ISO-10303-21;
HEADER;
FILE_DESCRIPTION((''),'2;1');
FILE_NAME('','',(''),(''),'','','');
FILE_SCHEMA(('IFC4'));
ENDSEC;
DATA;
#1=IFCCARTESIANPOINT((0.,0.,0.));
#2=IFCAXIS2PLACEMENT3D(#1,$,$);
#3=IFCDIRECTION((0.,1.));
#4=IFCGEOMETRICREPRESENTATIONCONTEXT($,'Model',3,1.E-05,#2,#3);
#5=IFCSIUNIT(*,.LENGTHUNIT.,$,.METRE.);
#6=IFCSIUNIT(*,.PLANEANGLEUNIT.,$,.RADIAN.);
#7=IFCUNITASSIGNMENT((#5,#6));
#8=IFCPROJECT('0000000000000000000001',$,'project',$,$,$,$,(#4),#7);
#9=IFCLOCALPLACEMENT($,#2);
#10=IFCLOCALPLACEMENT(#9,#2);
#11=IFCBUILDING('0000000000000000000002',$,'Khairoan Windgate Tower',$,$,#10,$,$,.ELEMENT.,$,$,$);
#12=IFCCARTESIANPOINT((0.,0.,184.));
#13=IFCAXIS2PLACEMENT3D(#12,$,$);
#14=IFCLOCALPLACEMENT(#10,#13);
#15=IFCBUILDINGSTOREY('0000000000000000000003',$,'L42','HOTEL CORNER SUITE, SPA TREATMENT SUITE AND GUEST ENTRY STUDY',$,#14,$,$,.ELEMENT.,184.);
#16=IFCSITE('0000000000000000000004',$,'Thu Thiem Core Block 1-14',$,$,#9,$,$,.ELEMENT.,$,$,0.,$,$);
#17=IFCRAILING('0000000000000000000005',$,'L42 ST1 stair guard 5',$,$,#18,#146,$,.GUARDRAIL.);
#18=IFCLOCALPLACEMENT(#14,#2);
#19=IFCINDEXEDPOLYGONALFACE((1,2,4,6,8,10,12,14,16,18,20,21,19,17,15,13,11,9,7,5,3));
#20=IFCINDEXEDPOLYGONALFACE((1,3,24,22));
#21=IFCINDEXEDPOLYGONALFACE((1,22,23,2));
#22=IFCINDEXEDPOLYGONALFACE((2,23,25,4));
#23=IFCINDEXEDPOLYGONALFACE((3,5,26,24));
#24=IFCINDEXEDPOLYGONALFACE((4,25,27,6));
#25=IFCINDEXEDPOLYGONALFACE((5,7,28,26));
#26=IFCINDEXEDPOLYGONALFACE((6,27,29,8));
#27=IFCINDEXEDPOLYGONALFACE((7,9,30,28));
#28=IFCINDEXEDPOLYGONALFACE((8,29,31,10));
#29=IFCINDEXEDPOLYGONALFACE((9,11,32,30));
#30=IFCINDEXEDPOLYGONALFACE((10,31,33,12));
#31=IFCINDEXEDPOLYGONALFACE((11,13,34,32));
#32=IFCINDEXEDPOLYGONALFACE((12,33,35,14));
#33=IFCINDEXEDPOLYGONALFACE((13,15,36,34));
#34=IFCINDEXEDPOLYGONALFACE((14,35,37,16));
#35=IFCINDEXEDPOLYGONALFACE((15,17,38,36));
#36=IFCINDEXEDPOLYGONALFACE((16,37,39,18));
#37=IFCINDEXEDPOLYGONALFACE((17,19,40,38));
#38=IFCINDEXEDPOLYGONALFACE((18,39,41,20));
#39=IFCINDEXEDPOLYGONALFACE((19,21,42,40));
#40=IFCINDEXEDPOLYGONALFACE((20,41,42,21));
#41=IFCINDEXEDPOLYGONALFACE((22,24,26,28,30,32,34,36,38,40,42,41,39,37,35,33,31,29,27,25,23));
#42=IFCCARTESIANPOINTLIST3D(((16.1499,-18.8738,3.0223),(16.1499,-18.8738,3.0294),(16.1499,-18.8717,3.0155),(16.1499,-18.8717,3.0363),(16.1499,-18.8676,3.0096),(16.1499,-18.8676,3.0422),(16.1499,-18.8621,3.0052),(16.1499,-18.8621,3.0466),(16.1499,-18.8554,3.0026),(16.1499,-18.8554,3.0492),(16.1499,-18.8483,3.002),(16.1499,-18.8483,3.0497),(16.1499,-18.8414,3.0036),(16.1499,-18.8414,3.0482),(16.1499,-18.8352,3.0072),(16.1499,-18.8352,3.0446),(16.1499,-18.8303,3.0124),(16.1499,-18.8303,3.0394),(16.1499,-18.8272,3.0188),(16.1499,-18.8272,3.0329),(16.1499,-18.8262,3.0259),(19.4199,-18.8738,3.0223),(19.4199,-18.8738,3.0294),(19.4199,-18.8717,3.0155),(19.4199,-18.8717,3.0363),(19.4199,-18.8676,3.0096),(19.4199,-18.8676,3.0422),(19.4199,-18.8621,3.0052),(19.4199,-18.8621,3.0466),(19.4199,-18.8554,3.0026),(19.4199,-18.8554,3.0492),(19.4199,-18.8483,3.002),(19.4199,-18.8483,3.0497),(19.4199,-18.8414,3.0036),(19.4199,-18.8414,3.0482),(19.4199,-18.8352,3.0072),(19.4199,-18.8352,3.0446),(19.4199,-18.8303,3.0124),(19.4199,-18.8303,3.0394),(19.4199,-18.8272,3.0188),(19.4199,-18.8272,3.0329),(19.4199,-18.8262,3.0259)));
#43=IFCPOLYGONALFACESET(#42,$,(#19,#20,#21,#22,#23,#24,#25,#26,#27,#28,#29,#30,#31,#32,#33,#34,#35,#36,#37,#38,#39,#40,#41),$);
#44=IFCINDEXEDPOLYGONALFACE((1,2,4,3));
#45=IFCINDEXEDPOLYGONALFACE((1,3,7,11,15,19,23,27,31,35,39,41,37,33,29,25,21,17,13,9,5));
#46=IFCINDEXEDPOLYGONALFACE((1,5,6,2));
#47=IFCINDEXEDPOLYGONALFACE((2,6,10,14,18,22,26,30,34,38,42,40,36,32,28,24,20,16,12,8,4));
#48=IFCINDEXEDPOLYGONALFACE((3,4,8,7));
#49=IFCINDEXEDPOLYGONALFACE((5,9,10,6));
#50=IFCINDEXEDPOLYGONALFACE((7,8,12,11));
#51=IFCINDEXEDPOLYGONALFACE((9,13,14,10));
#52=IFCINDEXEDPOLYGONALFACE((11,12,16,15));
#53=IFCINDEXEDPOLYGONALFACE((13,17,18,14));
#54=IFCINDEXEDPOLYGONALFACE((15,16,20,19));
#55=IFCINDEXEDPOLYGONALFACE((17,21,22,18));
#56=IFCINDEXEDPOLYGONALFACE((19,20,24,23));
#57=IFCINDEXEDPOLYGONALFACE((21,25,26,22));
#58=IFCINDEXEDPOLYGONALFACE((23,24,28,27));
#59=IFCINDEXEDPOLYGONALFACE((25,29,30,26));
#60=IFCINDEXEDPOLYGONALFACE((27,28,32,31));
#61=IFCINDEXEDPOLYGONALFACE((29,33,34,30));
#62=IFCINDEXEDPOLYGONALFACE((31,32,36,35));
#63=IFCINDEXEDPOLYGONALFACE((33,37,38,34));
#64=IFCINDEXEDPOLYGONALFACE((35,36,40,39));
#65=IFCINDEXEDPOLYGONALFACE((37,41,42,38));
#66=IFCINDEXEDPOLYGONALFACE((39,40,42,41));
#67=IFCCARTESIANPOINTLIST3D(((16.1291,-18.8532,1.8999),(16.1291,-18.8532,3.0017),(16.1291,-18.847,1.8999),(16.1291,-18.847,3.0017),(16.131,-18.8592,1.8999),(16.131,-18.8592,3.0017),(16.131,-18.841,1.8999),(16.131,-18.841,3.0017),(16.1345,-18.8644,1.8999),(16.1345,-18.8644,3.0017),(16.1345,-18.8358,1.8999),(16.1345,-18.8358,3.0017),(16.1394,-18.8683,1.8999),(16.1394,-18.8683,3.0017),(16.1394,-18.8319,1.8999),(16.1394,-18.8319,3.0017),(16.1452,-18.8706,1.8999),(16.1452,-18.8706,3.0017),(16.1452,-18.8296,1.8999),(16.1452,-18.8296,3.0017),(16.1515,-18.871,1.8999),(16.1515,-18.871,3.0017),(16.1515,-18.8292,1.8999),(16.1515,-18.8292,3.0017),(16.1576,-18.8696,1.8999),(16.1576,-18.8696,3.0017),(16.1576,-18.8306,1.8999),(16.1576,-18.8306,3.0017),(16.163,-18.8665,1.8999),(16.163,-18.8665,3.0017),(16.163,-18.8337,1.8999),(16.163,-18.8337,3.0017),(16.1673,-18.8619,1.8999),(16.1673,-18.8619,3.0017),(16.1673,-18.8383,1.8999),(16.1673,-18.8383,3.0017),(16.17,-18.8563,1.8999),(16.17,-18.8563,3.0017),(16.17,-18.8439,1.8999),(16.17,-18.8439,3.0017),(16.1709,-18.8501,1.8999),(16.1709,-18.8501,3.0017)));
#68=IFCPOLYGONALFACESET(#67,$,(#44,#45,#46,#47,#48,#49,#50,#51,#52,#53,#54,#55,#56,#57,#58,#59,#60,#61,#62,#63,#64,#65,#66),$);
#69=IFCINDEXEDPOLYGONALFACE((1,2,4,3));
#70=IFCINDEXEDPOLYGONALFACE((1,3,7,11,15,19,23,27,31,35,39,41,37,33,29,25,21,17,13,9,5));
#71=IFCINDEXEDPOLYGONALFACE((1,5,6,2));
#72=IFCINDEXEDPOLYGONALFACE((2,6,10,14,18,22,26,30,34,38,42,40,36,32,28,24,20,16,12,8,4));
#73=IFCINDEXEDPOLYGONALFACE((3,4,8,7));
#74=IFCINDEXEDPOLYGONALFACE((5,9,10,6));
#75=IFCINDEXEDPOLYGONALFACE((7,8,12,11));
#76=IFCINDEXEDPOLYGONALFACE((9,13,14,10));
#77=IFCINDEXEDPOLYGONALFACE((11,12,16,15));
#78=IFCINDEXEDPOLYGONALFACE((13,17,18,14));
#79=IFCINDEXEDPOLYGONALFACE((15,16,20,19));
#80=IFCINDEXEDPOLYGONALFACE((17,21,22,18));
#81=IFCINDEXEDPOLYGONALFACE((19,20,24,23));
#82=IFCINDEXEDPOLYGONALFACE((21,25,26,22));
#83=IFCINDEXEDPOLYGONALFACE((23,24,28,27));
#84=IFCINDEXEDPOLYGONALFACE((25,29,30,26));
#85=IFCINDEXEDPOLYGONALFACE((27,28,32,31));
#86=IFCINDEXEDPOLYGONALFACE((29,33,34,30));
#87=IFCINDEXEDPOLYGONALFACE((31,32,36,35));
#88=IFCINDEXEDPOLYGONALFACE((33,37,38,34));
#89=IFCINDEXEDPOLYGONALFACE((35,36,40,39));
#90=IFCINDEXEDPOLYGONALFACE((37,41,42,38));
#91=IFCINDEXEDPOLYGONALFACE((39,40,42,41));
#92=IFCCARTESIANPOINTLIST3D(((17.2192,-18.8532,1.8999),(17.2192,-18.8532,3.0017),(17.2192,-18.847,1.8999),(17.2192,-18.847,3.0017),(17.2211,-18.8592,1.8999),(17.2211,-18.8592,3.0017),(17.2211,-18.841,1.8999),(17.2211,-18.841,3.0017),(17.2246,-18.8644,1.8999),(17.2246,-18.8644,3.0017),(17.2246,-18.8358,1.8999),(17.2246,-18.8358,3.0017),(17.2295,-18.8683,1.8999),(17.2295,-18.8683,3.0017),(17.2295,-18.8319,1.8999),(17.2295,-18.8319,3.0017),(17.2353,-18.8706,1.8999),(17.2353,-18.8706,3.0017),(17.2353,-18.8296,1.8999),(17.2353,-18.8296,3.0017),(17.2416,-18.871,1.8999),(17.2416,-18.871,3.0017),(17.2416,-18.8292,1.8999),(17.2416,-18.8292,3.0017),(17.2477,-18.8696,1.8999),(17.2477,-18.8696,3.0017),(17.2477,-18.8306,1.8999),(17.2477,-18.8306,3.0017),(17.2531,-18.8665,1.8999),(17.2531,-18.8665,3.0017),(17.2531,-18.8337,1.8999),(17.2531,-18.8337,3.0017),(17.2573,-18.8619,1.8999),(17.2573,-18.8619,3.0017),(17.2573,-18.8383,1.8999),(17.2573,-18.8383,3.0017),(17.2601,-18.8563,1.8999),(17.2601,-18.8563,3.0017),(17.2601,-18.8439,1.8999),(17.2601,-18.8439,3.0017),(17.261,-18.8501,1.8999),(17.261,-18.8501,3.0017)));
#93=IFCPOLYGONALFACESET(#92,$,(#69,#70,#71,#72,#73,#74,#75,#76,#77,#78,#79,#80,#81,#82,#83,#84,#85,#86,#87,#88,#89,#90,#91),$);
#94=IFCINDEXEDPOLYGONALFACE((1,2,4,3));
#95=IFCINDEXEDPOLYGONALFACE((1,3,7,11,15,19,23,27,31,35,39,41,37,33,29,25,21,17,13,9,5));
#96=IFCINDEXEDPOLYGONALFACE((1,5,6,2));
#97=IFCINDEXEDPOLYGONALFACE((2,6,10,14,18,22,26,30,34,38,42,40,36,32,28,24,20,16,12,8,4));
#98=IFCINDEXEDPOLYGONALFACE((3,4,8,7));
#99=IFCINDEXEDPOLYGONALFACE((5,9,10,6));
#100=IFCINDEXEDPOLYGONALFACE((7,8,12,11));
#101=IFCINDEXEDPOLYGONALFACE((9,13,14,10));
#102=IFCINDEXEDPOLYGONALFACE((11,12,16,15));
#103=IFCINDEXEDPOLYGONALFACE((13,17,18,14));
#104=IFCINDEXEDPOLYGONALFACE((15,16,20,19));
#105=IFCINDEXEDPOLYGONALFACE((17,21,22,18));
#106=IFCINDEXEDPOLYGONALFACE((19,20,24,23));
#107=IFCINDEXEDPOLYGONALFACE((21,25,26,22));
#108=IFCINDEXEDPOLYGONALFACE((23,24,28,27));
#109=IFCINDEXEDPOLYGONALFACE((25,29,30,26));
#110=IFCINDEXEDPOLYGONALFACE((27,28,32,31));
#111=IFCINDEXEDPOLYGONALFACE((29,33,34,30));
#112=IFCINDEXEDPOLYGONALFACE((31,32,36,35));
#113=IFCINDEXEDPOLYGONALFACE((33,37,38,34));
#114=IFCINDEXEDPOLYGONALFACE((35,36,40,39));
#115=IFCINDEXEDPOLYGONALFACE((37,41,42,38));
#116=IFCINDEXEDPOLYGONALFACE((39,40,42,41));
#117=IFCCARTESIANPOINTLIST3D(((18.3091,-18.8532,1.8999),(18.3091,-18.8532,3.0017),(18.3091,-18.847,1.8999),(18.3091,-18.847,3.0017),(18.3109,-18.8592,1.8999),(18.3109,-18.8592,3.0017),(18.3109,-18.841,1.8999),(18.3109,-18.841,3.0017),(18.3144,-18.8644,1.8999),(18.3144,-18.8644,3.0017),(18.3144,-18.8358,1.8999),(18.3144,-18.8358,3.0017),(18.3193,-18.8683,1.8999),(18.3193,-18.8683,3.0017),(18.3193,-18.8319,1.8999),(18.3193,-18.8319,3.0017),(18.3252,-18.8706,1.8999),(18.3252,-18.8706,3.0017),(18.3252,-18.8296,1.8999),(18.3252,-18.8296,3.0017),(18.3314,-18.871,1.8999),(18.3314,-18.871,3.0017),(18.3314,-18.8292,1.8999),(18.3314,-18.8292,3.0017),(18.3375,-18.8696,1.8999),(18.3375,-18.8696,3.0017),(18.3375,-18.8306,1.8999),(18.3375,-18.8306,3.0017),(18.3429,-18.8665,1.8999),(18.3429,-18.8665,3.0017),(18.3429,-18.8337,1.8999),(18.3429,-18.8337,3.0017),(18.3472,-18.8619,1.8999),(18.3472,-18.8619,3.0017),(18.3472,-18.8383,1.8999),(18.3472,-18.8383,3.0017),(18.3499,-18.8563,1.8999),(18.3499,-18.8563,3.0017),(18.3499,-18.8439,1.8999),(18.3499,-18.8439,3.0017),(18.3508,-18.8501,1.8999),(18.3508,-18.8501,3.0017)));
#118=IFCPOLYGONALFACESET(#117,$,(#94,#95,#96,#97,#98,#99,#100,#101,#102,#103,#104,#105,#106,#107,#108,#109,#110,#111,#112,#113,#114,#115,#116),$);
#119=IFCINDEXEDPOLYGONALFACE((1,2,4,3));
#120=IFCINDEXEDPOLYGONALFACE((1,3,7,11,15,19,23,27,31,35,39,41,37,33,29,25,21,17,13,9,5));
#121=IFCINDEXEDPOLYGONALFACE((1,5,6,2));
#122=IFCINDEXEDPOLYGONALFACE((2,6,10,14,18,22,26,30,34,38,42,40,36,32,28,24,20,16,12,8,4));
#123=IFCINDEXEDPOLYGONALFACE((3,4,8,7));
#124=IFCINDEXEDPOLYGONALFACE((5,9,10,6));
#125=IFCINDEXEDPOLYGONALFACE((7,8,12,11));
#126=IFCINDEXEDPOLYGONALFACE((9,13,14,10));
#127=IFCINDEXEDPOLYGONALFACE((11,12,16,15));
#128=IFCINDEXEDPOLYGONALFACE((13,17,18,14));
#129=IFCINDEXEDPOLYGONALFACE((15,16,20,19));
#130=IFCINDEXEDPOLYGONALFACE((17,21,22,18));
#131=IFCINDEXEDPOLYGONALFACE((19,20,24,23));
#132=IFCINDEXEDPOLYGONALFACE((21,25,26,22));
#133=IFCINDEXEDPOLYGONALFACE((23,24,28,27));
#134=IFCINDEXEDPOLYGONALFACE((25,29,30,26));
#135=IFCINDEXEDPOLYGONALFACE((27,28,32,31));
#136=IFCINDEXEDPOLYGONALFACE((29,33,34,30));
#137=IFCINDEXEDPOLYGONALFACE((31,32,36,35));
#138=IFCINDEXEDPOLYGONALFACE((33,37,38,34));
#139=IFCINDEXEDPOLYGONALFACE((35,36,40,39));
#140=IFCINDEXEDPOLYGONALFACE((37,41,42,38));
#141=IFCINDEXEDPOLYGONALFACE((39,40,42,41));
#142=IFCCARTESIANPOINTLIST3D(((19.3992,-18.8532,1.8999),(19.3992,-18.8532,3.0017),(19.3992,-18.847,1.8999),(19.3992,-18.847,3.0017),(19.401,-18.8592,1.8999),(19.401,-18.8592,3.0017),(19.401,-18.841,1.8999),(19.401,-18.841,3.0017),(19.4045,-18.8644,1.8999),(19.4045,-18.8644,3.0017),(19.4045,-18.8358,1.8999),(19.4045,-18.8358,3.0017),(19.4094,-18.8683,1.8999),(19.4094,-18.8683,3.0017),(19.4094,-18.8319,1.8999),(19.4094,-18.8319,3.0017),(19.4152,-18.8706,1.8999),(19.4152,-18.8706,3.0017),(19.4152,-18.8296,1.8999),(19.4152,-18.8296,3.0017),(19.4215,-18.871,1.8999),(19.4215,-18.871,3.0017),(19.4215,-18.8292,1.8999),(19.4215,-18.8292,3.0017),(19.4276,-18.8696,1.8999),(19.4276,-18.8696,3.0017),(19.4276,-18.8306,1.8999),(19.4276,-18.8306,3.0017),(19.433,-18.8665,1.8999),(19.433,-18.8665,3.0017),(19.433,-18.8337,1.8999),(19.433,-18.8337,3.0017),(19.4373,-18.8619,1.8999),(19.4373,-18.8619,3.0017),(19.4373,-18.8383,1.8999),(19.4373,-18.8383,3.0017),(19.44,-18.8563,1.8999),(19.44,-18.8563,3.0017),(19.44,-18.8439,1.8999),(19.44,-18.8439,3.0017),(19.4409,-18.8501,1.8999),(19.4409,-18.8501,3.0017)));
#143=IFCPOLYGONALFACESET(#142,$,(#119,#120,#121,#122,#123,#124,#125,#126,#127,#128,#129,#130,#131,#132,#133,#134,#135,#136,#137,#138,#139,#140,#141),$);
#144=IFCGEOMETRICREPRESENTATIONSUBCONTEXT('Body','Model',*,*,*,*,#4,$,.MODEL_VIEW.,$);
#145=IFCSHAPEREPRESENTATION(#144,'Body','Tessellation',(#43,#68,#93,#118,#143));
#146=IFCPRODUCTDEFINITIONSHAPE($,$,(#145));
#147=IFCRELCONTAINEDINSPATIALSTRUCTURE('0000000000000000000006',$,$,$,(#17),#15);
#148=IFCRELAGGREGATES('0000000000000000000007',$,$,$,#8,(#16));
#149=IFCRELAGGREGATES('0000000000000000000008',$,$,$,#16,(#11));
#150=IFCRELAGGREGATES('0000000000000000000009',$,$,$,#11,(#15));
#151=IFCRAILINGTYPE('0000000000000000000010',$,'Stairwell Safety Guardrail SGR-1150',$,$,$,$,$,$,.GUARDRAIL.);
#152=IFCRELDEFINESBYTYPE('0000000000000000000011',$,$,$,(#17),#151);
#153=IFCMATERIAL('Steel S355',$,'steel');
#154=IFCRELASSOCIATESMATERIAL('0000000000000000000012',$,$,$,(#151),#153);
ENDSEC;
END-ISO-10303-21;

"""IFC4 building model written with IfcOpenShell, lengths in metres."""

from ifc_helpers import new_model, si_unit, direction, frame, origin, origin_2d, place, context, subcontext, project, spatial, circle, extrude, material, type_object, element, save


model = new_model("IFC4")

# Units and contexts
model_context = context("Model", 3, precision=1e-05, world=origin(), true_north=direction((0.0, 1.0)))
body_context = subcontext(model_context, "Body", "Model", "MODEL_VIEW")
ifc_project = project(units=[si_unit("LENGTHUNIT", "METRE"), si_unit("PLANEANGLEUNIT", "RADIAN")], contexts=[model_context])

# Site, building, storey
site_placement = place(None, origin())
site = spatial("IfcSite", under=ifc_project, at=site_placement, Name="Thu Thiem Core Block 1-14", CompositionType="ELEMENT", RefElevation=0.0)
building_placement = place(site_placement, origin())
building = spatial("IfcBuilding", under=site, at=building_placement, Name="Khairoan Windgate Tower", CompositionType="ELEMENT")
storey_placement = place(building_placement, frame((0.0, 0.0, 184.0)))
storey = spatial("IfcBuildingStorey", under=building, at=storey_placement, Name="L42", Description="HOTEL CORNER SUITE, SPA TREATMENT SUITE AND GUEST ENTRY STUDY", CompositionType="ELEMENT", Elevation=184.0)

# Railing
ifc_material_1 = material(Name="Steel S355", Category="steel")
railing_type = type_object("IfcRailingType", Name="Stairwell Safety Guardrail SGR-1150", PredefinedType="GUARDRAIL", material=ifc_material_1)
railing_1_placement = place(storey_placement, frame((16.1499, -18.8501, 1.8999)))
element("IfcRailing", 1, at=railing_1_placement, inside=storey, type_object=railing_type, Name="L42 ST1 stair guard 5", PredefinedType="GUARDRAIL", context=body_context, shape_type="SweptSolid", body=[
    extrude(circle(Radius=0.0239, at=origin_2d()), frame((0.0, 0.0, 1.126), z_axis=(1.0, 0.0, 0.0), x_axis=(0.0, 1.0, 0.0)), (0.0, 0.0, 1.0), 3.27),
    extrude(circle(Radius=0.021, at=origin_2d()), origin(), (0.0, 0.0, 1.0), 1.1018),
    extrude(circle(Radius=0.021, at=origin_2d()), frame((1.0901, 0.0, 0.0)), (0.0, 0.0, 1.0), 1.1018),
    extrude(circle(Radius=0.021, at=origin_2d()), frame((2.1799, 0.0, 0.0)), (0.0, 0.0, 1.0), 1.1018),
    extrude(circle(Radius=0.021, at=origin_2d()), frame((3.27, 0.0, 0.0)), (0.0, 0.0, 1.0), 1.1018),
])

save(model, "model.ifc")
